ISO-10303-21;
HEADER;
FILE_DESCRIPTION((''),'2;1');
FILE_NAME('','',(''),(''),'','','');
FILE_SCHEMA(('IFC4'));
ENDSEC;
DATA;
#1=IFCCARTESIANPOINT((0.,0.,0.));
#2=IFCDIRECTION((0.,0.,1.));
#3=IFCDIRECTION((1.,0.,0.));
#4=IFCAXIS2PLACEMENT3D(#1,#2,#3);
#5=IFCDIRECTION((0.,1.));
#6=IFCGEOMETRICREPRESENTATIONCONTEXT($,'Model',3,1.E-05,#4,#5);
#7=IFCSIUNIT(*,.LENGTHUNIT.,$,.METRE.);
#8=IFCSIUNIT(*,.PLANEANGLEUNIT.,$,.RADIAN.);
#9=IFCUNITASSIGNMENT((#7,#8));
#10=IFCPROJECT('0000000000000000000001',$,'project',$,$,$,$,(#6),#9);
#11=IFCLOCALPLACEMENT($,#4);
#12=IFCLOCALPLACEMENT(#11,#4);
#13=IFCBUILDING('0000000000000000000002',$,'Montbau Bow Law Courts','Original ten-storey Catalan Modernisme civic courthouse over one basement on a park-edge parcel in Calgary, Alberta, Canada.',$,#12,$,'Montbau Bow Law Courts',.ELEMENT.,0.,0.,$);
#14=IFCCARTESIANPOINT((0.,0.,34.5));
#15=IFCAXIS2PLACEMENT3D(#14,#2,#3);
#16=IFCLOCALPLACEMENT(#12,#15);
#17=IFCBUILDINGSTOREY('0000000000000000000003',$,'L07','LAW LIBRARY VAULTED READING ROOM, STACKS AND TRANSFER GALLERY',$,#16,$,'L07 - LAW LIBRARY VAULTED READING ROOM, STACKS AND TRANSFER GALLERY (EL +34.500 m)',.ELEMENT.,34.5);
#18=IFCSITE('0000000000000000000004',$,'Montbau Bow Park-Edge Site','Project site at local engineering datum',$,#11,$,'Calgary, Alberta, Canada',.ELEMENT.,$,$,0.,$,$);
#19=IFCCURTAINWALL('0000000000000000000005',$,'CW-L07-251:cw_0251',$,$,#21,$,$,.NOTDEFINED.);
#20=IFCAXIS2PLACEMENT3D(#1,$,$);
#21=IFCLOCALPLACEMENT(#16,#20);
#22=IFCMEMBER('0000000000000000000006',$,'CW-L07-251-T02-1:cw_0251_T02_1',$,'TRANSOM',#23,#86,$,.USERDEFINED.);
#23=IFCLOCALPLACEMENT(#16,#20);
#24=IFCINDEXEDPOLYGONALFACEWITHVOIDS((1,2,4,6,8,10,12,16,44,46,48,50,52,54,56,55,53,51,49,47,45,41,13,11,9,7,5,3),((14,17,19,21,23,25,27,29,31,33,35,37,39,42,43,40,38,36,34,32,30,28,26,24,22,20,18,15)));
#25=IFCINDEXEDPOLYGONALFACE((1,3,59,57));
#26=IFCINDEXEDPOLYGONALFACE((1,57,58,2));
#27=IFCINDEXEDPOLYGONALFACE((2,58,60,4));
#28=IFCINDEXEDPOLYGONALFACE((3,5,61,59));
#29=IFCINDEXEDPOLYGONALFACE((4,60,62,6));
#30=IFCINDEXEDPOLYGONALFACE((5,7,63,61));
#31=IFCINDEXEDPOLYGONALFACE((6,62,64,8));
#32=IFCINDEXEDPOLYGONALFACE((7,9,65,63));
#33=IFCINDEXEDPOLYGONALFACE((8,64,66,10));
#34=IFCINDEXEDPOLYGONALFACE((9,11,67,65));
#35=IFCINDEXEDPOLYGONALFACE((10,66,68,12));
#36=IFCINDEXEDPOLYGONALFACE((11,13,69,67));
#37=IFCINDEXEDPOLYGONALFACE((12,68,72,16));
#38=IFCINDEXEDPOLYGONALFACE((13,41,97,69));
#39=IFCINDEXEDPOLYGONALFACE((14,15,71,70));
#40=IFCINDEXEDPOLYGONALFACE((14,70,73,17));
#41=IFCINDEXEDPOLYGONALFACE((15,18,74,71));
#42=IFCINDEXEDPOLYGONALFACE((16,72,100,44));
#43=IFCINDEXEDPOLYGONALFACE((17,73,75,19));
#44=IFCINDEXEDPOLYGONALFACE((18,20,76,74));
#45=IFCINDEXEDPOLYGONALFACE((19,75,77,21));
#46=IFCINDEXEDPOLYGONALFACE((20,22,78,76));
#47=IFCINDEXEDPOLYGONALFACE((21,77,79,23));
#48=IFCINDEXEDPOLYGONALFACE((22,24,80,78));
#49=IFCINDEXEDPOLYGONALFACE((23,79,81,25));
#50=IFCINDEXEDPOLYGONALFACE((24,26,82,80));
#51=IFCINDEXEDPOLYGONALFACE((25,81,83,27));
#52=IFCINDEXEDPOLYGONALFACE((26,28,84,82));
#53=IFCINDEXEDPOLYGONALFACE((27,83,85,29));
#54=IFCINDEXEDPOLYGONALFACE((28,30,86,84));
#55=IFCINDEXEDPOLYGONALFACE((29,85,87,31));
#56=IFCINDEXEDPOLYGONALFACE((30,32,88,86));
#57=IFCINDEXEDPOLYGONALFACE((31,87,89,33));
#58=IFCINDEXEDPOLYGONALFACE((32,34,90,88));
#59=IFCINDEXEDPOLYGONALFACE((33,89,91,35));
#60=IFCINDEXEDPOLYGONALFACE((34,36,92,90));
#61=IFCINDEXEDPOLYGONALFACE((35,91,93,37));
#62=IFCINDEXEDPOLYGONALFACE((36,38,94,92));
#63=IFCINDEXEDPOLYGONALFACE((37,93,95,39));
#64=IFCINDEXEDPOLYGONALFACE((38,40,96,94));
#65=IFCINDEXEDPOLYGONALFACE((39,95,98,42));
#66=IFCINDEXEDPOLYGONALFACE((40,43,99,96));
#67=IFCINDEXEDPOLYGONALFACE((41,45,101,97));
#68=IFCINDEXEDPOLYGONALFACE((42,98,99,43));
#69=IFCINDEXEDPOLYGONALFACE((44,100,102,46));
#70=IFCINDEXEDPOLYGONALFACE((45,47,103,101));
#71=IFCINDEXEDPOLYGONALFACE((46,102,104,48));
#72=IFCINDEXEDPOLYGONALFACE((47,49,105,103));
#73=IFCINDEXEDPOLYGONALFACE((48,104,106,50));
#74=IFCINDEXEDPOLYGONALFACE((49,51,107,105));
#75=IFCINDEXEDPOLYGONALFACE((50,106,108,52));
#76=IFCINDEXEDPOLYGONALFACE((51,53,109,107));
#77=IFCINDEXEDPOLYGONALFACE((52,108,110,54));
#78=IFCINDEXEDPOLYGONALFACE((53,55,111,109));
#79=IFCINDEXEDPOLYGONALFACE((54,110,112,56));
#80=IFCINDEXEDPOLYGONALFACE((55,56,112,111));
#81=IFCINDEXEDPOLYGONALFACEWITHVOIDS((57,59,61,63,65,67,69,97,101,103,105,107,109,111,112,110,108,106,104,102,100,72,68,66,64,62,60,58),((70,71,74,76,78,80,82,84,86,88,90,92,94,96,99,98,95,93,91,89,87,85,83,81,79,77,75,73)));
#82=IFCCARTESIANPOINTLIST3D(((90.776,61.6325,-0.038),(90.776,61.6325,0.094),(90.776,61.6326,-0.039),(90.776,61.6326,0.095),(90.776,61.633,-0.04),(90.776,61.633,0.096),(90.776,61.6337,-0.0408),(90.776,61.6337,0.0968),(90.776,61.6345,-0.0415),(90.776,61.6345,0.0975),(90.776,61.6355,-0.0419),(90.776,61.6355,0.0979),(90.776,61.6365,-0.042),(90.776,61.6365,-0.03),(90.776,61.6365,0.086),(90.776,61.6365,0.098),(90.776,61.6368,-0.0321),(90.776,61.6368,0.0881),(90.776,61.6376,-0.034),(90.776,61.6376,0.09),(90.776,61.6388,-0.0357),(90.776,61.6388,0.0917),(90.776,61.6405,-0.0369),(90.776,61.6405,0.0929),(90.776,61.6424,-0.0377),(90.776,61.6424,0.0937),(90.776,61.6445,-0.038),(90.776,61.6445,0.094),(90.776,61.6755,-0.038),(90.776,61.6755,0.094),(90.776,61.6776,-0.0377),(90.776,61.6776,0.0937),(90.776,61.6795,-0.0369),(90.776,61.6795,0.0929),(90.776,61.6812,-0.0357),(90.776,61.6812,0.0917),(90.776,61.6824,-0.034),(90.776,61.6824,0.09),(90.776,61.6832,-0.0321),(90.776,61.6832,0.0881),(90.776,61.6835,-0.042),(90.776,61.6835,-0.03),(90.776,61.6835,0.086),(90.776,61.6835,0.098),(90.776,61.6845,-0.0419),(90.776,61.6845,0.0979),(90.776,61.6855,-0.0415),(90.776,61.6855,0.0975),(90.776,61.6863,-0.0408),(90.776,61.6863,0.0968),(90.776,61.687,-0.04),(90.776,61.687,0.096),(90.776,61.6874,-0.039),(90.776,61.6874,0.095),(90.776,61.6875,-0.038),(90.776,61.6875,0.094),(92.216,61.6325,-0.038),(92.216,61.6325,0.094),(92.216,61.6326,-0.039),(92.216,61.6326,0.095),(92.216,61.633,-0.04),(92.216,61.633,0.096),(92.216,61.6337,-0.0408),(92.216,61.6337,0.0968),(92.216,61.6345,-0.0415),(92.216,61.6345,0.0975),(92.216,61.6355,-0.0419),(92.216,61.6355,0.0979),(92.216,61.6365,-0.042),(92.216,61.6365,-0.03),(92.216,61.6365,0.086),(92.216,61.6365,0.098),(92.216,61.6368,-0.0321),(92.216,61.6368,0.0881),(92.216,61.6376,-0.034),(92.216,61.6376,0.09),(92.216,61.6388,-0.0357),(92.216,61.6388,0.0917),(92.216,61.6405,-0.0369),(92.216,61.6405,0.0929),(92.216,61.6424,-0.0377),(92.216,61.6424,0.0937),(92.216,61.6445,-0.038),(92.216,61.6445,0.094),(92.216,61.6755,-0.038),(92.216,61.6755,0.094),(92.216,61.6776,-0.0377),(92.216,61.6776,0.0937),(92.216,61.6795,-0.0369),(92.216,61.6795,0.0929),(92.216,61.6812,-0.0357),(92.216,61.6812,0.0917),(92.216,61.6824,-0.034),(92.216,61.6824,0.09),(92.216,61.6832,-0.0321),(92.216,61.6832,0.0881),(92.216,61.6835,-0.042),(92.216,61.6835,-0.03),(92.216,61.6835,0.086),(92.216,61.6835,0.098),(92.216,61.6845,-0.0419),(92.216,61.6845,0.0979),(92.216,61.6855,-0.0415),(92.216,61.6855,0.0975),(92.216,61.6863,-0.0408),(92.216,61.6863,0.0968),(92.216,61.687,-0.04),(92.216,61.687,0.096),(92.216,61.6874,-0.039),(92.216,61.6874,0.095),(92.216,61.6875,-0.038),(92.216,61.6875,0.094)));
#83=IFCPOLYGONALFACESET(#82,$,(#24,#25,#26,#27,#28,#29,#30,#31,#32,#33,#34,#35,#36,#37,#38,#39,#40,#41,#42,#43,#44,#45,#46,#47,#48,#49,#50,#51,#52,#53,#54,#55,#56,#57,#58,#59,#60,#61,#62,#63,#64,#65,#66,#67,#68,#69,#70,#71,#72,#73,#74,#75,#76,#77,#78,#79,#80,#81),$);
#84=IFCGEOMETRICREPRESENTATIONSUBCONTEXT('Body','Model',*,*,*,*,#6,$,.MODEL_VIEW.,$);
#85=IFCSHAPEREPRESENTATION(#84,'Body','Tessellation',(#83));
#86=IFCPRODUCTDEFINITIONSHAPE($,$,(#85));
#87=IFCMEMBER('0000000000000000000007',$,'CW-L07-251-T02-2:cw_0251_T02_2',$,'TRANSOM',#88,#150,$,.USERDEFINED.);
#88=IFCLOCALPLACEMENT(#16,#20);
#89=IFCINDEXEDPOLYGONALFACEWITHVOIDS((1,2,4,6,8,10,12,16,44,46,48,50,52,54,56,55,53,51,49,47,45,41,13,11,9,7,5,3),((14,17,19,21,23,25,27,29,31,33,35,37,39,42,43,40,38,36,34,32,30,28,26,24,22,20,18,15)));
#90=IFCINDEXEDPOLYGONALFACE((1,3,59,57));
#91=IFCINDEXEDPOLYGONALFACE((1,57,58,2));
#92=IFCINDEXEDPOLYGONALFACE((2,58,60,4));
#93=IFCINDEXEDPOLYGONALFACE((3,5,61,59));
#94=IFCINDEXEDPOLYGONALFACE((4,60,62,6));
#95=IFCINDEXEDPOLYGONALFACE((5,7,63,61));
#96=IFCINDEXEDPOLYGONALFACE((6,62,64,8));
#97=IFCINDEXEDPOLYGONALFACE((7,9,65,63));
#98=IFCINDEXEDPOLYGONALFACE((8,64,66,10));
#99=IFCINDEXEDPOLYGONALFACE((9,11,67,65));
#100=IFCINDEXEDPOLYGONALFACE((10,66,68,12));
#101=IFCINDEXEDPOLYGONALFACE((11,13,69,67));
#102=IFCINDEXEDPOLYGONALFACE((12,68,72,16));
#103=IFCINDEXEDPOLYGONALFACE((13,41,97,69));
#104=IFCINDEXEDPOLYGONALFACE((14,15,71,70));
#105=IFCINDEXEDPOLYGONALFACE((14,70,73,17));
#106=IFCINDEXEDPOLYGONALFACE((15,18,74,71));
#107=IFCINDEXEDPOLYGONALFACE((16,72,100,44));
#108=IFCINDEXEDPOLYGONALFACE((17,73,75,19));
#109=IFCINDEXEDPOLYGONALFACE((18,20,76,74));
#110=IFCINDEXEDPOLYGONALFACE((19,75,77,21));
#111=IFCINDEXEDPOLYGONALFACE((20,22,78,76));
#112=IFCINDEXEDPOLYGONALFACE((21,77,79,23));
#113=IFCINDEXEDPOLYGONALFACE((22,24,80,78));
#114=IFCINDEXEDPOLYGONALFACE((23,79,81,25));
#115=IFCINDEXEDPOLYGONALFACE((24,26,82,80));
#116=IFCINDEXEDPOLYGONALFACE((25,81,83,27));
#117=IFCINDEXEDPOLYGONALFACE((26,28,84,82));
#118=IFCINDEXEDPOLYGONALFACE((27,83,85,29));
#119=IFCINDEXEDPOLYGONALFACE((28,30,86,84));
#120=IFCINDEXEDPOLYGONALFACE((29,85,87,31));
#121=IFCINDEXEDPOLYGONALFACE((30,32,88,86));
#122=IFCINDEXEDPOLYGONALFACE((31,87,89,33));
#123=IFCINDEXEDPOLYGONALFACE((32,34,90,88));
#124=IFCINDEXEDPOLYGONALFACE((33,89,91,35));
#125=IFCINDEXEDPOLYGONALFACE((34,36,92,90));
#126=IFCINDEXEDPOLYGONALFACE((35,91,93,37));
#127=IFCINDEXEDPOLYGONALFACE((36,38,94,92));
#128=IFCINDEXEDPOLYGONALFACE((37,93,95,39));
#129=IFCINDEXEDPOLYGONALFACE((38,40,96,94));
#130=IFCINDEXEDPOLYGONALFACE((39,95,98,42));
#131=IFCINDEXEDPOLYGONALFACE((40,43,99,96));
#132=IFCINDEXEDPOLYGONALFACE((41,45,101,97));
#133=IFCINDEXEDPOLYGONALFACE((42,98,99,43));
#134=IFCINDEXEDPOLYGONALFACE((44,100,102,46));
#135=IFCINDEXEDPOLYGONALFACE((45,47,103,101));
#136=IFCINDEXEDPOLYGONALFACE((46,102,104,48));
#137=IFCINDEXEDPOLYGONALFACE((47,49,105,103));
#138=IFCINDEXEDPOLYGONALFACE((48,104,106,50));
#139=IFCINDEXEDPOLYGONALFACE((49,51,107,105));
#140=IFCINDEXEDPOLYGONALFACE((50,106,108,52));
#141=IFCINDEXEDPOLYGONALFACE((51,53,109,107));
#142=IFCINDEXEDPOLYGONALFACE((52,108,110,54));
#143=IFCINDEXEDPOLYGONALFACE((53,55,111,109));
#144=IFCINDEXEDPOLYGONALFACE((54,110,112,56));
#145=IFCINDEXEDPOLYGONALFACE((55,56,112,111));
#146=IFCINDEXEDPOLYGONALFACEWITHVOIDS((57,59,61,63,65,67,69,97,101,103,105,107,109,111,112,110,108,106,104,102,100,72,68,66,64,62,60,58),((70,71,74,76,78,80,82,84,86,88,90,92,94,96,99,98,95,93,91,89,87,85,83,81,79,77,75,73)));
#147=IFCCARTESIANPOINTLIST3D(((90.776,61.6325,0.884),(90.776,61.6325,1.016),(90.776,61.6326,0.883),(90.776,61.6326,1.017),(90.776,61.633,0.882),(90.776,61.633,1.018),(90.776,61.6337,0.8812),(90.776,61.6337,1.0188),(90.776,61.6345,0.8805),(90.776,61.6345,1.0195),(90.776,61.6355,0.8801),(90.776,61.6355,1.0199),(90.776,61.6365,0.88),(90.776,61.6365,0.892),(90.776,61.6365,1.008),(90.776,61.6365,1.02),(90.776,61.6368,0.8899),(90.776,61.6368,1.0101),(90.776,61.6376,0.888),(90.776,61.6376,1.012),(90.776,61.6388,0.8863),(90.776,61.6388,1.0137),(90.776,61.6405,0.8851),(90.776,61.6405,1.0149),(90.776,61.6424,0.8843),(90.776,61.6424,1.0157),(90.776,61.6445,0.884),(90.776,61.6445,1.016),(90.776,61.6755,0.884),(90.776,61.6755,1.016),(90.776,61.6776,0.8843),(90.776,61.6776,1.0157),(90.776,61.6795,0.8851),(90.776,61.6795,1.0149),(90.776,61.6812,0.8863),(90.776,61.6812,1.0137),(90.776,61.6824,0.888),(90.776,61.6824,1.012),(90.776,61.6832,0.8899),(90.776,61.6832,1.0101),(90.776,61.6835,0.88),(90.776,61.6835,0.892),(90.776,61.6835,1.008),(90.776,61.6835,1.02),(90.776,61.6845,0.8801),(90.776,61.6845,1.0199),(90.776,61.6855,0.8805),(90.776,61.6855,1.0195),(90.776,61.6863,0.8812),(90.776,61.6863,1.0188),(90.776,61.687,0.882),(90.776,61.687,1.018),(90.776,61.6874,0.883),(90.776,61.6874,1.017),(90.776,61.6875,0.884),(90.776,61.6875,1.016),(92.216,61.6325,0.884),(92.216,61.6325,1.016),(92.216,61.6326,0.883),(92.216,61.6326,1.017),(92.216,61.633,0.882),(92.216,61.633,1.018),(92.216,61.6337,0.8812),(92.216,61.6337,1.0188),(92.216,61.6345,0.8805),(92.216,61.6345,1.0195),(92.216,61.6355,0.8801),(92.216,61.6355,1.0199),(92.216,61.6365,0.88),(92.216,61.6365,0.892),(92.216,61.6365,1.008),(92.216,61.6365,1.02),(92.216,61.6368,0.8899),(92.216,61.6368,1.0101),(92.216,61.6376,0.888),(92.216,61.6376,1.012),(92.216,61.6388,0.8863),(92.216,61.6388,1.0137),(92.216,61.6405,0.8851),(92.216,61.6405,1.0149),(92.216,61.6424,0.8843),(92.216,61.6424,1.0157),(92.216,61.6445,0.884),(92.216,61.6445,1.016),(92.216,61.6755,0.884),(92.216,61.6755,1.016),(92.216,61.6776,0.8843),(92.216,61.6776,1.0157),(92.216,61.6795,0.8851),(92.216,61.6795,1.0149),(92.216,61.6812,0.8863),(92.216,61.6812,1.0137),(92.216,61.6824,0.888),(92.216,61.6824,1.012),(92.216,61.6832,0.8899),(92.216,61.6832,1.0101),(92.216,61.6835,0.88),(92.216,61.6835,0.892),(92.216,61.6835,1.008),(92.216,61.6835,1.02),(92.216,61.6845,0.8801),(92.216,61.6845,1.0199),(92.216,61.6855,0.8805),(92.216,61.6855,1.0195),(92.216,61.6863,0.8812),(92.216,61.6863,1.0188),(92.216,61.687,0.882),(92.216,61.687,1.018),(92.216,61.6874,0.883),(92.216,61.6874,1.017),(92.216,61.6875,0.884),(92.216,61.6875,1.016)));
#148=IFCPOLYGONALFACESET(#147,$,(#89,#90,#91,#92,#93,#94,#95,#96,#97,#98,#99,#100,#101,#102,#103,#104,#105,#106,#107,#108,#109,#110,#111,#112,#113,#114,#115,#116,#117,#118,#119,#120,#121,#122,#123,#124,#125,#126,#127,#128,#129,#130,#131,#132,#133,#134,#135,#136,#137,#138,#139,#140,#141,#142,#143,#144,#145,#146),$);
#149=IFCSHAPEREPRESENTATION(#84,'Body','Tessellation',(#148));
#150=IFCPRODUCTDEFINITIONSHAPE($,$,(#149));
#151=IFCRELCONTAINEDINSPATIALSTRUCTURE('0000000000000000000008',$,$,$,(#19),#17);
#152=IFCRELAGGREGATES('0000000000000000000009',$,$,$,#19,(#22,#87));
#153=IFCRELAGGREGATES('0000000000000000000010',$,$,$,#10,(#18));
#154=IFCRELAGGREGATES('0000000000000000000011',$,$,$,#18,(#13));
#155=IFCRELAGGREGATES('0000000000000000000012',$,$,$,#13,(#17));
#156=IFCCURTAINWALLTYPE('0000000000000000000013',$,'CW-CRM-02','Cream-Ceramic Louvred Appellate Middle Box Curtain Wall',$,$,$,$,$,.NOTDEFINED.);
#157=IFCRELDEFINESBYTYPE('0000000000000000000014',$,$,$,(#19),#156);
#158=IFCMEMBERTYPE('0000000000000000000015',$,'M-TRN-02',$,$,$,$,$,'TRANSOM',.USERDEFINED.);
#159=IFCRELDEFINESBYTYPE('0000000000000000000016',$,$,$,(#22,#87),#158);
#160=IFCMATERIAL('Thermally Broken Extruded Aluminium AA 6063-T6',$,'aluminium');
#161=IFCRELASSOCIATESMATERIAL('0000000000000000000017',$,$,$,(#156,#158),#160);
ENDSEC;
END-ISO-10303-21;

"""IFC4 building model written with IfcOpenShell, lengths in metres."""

from ifc_helpers import new_model, si_unit, direction, frame, origin_with_axes, origin_2d_with_axis, place, context, subcontext, project, spatial, hollow_rectangle, extrude, material, material_profile, profile_set, type_object, element, aggregate, save


model = new_model("IFC4")

# Units and contexts
model_context = context("Model", 3, precision=1e-05, world=origin_with_axes(), true_north=direction((0.0, 1.0)))
body_context = subcontext(model_context, "Body", "Model", "MODEL_VIEW")
ifc_project = project(units=[si_unit("LENGTHUNIT", "METRE"), si_unit("PLANEANGLEUNIT", "RADIAN")], contexts=[model_context])

# Site, building, storey
site_placement = place(None, origin_with_axes())
site = spatial("IfcSite", under=ifc_project, at=site_placement, Name="Montbau Bow Park-Edge Site", Description="Project site at local engineering datum", LongName="Calgary, Alberta, Canada", CompositionType="ELEMENT", RefElevation=0.0)
building_placement = place(site_placement, origin_with_axes())
building = spatial("IfcBuilding", under=site, at=building_placement, Name="Montbau Bow Law Courts", Description="Original ten-storey Catalan Modernisme civic courthouse over one basement on a park-edge parcel in Calgary, Alberta, Canada.", LongName="Montbau Bow Law Courts", CompositionType="ELEMENT", ElevationOfRefHeight=0.0, ElevationOfTerrain=0.0)
storey_placement = place(building_placement, frame((0.0, 0.0, 34.5), z_axis=(0.0, 0.0, 1.0), x_axis=(1.0, 0.0, 0.0)))
storey = spatial("IfcBuildingStorey", under=building, at=storey_placement, Name="L07", Description="LAW LIBRARY VAULTED READING ROOM, STACKS AND TRANSFER GALLERY", LongName="L07 - LAW LIBRARY VAULTED READING ROOM, STACKS AND TRANSFER GALLERY (EL +34.500 m)", CompositionType="ELEMENT", Elevation=34.5)

# Curtain wall, members
ifc_material_1 = material(Name="Thermally Broken Extruded Aluminium AA 6063-T6", Category="aluminium")
curtain_wall_type = type_object("IfcCurtainWallType", Name="CW-CRM-02", Description="Cream-Ceramic Louvred Appellate Middle Box Curtain Wall", PredefinedType="NOTDEFINED", material=ifc_material_1)
curtain_wall_placement = place(None, frame((89.24, 61.66, 34.5), z_axis=(0.0, 0.0, 1.0), x_axis=(1.0, 0.0, 0.0)))
curtain_wall = element("IfcCurtainWall", 1, at=curtain_wall_placement, inside=storey, type_object=curtain_wall_type, Name="CW-L07-251:cw_0251", PredefinedType="NOTDEFINED")
ifc_material_profile_1 = material_profile(ifc_material_1, hollow_rectangle(XDim=0.055, YDim=0.14, WallThickness=0.004, InnerFilletRadius=0.008, OuterFilletRadius=0.004, at=origin_2d_with_axis()), Name="CWT-140X55", Category="Main", Priority=0)
ifc_profile_set_1 = profile_set([ifc_material_profile_1], Name="Thermally Broken Extruded Aluminium AA 6063-T6")
member_type_1 = type_object("IfcMemberType", Name="M-TRN-02", ElementType="TRANSOM", PredefinedType="USERDEFINED", material=ifc_profile_set_1)
member_1_placement = place(None, frame((90.776, 61.66, 34.528), z_axis=(1.0, 0.0, 0.0), x_axis=(0.0, 1.0, 0.0)))
member_1 = element("IfcMember", 2, at=member_1_placement, type_object=member_type_1, Name="CW-L07-251-T02-1:cw_0251_T02_1", ObjectType="TRANSOM", PredefinedType="USERDEFINED", context=body_context, shape_type="SweptSolid", body=[
    extrude(hollow_rectangle(XDim=0.055, YDim=0.14, WallThickness=0.004, InnerFilletRadius=0.008, OuterFilletRadius=0.004, at=origin_2d_with_axis()), origin_with_axes(), (0.0, 0.0, 1.0), 1.44),
])
member_2_placement = place(None, frame((90.776, 61.66, 35.45), z_axis=(1.0, 0.0, 0.0), x_axis=(0.0, 1.0, 0.0)))
member_2 = element("IfcMember", 3, at=member_2_placement, type_object=member_type_1, Name="CW-L07-251-T02-2:cw_0251_T02_2", ObjectType="TRANSOM", PredefinedType="USERDEFINED", context=body_context, shape_type="SweptSolid", body=[
    extrude(hollow_rectangle(XDim=0.055, YDim=0.14, WallThickness=0.004, InnerFilletRadius=0.008, OuterFilletRadius=0.004, at=origin_2d_with_axis()), origin_with_axes(), (0.0, 0.0, 1.0), 1.44),
])
aggregate(curtain_wall, [member_1, member_2])

save(model, "model.ifc")
